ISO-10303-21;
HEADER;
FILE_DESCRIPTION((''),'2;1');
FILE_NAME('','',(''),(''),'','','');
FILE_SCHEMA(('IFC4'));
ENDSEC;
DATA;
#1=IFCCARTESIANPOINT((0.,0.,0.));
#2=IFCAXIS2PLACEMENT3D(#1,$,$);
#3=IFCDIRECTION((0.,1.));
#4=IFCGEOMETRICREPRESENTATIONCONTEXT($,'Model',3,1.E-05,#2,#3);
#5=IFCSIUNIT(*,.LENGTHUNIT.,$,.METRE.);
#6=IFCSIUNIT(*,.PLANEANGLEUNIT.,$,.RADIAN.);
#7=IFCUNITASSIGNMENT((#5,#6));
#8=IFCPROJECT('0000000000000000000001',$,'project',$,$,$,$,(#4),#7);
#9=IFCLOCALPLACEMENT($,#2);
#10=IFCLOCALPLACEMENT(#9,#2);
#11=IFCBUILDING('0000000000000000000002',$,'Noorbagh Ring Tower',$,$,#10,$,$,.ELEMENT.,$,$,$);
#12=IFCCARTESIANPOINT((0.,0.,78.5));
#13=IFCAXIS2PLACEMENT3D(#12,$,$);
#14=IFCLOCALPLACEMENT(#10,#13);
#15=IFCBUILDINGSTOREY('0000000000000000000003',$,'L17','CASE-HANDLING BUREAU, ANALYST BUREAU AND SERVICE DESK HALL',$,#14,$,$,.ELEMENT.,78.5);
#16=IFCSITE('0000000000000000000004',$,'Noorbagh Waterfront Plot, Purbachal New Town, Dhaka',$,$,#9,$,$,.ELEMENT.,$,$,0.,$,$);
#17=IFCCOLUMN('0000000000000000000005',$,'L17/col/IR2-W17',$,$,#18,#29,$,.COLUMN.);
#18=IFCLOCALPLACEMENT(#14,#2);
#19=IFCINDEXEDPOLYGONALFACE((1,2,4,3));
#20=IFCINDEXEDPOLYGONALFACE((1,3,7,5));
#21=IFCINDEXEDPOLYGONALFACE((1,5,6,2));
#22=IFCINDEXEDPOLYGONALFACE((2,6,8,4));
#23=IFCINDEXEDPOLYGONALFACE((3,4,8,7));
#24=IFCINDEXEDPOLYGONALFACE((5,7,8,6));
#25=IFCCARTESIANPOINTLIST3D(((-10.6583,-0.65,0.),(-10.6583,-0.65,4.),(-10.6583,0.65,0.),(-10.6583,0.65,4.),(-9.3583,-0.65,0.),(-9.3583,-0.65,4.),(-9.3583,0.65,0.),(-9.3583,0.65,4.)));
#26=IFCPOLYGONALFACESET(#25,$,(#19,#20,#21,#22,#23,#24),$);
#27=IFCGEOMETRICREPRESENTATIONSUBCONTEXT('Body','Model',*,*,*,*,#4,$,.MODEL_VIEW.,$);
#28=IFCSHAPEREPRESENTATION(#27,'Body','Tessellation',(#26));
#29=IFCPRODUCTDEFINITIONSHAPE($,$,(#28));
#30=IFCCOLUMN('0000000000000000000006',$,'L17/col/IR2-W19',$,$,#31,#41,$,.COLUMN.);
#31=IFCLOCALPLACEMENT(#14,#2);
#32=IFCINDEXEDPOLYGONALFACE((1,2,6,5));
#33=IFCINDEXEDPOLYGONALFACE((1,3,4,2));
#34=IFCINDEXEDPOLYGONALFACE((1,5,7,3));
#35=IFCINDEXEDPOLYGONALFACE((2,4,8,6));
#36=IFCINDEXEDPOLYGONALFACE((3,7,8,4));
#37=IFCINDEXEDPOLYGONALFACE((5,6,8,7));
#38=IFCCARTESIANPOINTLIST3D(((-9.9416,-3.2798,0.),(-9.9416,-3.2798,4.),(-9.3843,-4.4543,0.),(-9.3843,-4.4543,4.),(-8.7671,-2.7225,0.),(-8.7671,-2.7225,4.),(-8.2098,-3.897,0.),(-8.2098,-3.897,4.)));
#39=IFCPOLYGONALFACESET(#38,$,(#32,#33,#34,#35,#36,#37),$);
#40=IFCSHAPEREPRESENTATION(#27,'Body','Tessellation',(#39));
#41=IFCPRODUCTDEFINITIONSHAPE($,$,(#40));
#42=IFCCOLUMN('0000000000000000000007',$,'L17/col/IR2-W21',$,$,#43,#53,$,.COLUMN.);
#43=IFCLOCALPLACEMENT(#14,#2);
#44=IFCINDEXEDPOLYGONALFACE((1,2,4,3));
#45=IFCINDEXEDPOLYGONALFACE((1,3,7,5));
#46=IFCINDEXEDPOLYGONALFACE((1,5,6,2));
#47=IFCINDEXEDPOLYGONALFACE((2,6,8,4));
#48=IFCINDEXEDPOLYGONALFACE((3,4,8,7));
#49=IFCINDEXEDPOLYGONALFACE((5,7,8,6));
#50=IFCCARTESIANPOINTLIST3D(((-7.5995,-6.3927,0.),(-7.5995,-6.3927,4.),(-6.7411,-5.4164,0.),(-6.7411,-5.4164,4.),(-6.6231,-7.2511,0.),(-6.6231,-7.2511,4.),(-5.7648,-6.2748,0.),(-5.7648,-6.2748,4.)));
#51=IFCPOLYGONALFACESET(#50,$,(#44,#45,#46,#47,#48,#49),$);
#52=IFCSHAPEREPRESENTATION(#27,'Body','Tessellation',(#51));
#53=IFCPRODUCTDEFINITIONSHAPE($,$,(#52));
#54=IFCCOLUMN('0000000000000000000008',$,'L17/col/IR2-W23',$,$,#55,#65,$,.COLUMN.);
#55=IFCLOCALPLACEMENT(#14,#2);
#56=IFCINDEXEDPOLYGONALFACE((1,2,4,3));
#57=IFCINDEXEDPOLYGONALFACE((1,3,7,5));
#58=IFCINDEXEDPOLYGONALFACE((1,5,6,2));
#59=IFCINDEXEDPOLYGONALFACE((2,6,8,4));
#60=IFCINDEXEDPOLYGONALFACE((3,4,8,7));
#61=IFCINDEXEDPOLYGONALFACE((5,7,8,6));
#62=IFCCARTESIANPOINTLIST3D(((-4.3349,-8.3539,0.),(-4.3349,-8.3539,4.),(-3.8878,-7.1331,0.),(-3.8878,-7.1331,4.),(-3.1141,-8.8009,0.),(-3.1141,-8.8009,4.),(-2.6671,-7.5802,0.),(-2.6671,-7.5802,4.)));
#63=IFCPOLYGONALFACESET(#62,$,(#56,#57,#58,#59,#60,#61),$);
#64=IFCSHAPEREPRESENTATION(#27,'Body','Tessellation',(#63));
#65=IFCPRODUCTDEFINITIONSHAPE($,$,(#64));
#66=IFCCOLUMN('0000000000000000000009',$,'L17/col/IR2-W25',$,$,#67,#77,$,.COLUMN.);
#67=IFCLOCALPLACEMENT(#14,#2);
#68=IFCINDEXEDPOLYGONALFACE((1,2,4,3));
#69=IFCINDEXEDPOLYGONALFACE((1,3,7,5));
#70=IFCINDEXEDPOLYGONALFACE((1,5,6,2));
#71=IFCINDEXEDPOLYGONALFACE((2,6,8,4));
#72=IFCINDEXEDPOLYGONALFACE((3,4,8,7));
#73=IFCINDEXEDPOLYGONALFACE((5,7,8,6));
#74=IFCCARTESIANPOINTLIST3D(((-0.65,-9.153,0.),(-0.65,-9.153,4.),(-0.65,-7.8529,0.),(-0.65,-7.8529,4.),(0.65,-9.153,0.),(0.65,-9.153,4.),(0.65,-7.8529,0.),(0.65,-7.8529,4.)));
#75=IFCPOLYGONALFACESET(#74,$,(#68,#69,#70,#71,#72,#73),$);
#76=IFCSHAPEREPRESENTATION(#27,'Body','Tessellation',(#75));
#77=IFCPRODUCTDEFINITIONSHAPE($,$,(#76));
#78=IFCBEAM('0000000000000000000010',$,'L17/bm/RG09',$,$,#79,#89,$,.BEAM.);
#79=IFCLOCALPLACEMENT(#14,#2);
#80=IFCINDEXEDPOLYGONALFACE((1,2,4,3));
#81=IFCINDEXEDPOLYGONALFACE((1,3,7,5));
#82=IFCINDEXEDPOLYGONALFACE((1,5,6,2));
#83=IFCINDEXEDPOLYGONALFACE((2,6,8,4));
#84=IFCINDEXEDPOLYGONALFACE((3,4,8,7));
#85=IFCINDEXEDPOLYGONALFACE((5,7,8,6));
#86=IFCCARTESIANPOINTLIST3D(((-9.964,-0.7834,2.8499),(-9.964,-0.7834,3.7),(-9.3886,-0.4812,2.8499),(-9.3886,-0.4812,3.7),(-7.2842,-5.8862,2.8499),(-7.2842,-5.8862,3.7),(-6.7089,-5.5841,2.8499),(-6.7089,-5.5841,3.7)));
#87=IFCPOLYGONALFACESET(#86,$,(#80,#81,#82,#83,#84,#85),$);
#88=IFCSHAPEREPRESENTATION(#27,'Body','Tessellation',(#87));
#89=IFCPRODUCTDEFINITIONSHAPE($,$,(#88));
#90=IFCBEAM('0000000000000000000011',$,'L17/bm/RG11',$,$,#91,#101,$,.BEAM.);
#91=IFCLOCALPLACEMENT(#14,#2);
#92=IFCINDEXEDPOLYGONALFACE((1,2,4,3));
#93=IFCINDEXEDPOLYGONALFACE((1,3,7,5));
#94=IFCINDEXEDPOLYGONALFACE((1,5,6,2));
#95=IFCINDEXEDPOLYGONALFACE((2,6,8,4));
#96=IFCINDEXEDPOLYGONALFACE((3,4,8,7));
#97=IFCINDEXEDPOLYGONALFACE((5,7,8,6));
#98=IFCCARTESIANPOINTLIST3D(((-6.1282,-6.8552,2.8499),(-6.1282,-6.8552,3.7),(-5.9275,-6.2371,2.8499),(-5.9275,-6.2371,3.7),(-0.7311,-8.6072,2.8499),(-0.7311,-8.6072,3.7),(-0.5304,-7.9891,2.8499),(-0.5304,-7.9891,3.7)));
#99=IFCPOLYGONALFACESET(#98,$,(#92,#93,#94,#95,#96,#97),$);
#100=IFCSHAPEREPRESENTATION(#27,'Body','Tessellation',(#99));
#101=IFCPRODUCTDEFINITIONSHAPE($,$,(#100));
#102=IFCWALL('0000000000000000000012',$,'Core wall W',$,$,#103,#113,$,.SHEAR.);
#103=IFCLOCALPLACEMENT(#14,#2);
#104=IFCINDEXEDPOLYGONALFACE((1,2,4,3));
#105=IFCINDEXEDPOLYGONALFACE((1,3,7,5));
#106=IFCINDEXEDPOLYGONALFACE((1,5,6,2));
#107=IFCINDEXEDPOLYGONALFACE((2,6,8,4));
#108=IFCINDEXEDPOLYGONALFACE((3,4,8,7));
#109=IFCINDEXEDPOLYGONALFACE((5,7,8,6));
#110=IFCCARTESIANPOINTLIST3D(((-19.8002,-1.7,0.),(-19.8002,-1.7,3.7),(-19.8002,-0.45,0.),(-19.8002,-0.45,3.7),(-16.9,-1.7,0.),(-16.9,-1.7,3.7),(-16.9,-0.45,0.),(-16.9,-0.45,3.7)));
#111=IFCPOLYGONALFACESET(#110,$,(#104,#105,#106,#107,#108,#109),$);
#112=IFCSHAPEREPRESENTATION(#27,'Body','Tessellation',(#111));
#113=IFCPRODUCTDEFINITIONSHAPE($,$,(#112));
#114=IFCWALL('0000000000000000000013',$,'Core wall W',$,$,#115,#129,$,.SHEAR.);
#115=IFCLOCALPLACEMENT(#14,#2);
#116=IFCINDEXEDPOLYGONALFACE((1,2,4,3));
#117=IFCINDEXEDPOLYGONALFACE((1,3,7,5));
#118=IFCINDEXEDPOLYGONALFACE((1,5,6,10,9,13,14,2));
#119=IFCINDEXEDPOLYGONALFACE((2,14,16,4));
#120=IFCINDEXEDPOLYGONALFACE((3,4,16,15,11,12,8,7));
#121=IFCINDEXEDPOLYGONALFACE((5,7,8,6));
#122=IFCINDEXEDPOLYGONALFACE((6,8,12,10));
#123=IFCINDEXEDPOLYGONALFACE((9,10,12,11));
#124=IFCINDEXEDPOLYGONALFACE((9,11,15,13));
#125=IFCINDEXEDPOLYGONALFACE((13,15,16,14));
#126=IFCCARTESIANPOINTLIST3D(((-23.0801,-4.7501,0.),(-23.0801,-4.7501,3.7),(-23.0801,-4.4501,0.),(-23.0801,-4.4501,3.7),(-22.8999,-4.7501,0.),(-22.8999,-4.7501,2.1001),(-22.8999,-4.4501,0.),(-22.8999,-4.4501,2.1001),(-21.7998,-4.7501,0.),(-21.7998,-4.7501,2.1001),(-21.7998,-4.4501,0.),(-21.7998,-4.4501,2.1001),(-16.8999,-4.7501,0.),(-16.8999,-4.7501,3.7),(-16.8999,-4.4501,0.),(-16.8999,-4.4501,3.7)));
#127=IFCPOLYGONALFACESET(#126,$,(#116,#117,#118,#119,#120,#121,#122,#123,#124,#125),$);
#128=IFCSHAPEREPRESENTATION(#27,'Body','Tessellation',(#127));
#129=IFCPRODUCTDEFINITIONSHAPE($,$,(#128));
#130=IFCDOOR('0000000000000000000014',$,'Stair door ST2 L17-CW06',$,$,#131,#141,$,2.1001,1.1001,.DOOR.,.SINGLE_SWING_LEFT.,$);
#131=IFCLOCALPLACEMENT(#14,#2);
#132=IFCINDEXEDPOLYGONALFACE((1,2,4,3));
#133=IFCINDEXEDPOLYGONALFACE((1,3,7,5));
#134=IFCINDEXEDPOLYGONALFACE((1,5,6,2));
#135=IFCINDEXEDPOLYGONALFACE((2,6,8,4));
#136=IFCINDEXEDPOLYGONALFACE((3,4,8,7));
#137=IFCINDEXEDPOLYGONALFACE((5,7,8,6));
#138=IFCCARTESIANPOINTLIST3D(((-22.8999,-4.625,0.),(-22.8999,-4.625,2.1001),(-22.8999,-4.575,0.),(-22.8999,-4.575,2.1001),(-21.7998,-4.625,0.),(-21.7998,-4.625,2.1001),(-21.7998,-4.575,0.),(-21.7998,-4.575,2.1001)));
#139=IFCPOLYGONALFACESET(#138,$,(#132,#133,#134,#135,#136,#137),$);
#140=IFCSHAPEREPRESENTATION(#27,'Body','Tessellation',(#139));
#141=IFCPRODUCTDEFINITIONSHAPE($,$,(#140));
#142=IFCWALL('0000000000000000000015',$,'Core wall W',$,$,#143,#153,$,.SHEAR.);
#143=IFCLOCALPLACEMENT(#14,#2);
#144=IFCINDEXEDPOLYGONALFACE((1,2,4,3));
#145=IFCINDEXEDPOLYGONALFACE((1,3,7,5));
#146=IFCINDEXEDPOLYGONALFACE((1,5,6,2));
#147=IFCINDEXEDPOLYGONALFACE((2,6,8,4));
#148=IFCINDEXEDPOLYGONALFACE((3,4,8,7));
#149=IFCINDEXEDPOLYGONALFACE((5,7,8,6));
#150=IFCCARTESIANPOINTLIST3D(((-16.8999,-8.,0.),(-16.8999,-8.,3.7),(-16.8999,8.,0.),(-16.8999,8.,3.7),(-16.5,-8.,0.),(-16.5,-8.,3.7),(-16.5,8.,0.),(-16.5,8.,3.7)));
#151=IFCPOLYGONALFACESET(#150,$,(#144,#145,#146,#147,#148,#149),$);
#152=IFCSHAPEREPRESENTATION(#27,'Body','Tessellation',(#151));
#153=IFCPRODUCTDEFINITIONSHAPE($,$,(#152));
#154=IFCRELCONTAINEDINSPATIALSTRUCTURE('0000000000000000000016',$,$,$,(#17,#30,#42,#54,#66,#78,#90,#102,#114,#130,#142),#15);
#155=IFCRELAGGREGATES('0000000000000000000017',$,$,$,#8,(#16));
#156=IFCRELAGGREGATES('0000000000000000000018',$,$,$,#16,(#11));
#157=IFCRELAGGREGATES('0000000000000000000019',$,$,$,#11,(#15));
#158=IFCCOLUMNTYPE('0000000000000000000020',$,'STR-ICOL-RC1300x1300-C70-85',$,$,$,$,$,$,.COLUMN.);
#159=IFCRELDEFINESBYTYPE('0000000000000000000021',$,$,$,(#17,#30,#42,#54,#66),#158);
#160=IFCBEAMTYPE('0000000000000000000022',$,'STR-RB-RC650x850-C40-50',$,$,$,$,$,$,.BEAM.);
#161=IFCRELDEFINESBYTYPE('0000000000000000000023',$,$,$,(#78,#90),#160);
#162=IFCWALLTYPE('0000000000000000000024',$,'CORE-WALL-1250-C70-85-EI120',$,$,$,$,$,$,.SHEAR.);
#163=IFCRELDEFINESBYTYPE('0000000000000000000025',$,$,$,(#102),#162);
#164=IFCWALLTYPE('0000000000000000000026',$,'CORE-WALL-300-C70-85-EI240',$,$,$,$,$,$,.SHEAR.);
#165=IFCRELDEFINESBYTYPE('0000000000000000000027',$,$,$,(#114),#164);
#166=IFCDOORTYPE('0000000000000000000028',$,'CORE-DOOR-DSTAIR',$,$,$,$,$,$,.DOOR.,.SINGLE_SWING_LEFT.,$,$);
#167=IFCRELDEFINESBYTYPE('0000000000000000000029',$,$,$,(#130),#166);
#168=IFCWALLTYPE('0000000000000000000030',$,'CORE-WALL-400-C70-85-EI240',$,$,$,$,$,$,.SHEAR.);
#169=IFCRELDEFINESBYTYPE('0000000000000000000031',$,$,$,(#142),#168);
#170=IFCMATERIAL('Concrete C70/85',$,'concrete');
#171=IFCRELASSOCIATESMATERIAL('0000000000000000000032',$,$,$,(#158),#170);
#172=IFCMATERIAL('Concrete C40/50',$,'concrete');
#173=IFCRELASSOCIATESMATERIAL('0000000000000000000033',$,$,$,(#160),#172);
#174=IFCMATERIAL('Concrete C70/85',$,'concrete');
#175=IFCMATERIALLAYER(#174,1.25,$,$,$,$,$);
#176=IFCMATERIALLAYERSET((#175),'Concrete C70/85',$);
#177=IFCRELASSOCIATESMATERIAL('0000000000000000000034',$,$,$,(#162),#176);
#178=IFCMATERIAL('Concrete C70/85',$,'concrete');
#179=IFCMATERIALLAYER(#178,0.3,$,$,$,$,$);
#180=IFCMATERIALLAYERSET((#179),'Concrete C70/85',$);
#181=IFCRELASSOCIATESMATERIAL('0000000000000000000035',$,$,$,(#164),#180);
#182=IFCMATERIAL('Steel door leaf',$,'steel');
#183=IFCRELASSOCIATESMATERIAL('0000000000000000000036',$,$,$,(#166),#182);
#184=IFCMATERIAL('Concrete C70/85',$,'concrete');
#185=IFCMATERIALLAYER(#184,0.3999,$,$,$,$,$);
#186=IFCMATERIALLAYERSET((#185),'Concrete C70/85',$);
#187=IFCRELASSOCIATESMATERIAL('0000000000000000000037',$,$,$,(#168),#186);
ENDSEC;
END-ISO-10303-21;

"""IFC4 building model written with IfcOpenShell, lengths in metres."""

from ifc_helpers import new_model, si_unit, direction, frame, frame_2d, origin, origin_2d, place, context, subcontext, project, spatial, rectangle, extrude, material, layer, layer_set, material_profile, profile_set, type_object, element, fill, save


model = new_model("IFC4")

# Units and contexts
model_context = context("Model", 3, precision=1e-05, world=origin(), true_north=direction((0.0, 1.0)))
body_context = subcontext(model_context, "Body", "Model", "MODEL_VIEW")
ifc_project = project(units=[si_unit("LENGTHUNIT", "METRE"), si_unit("PLANEANGLEUNIT", "RADIAN")], contexts=[model_context])

# Site, building, storey
site_placement = place(None, origin())
site = spatial("IfcSite", under=ifc_project, at=site_placement, Name="Noorbagh Waterfront Plot, Purbachal New Town, Dhaka", CompositionType="ELEMENT", RefElevation=0.0)
building_placement = place(site_placement, origin())
building = spatial("IfcBuilding", under=site, at=building_placement, Name="Noorbagh Ring Tower", CompositionType="ELEMENT")
storey_placement = place(building_placement, frame((0.0, 0.0, 78.5)))
storey = spatial("IfcBuildingStorey", under=building, at=storey_placement, Name="L17", Description="CASE-HANDLING BUREAU, ANALYST BUREAU AND SERVICE DESK HALL", CompositionType="ELEMENT", Elevation=78.5)

# Columns
ifc_material_1 = material(Name="Concrete C70/85", Category="concrete")
ifc_material_profile_1 = material_profile(ifc_material_1, rectangle(XDim=1.3, YDim=1.3, at=origin_2d()), Name="RC1300x1300")
ifc_profile_set_1 = profile_set([ifc_material_profile_1], Name="Concrete C70/85")
column_type = type_object("IfcColumnType", Name="STR-ICOL-RC1300x1300-C70-85", PredefinedType="COLUMN", material=ifc_profile_set_1)
for number, where, z_axis, x_axis, name in (
    (1, (-10.0083, 0.0, 0.0), (0.0, 0.0, 1.0), (0.0, -1.0, 0.0), "L17/col/IR2-W17"),
    (2, (-9.0757, -3.5884, 0.0), (0.0, 0.0, 1.0), (0.428667, -0.903463, 0.0), "L17/col/IR2-W19"),
    (3, (-6.6821, -6.3337, 0.0), (0.0, 0.0, 1.0), (0.751022, -0.660277, 0.0), "L17/col/IR2-W21"),
    (4, (-3.501, -7.967, 0.0), (0.0, 0.0, 1.0), (0.93902, -0.343864, 0.0), "L17/col/IR2-W23"),
    (5, (0.0, -8.5029, 0.0), (0.0, 0.0, 1.0), (1.0, 0.0, 0.0), "L17/col/IR2-W25"),
):
    element("IfcColumn", number, at=place(storey_placement, frame(where, z_axis=z_axis, x_axis=x_axis)), inside=storey, type_object=column_type, Name=name, PredefinedType="COLUMN", context=body_context, shape_type="SweptSolid", body=[
        extrude(rectangle(XDim=1.3, YDim=1.3, at=origin_2d()), origin(), (0.0, 0.0, 1.0), 4.0),
    ])

# Beams
ifc_material_2 = material(Name="Concrete C40/50", Category="concrete")
ifc_material_profile_2 = material_profile(ifc_material_2, rectangle(XDim=0.6499, YDim=0.8501, at=origin_2d()), Name="RC650x850")
ifc_profile_set_2 = profile_set([ifc_material_profile_2], Name="Concrete C40/50")
beam_type = type_object("IfcBeamType", Name="STR-RB-RC650x850-C40-50", PredefinedType="BEAM", material=ifc_profile_set_2)
beam_1_placement = place(storey_placement, frame((-9.6763, -0.6323, 3.2749), z_axis=(0.464933, -0.885346, 0.0), x_axis=(0.885346, 0.464933, 0.0)))
element("IfcBeam", 6, at=beam_1_placement, inside=storey, type_object=beam_type, Name="L17/bm/RG09", PredefinedType="BEAM", context=body_context, shape_type="SweptSolid", body=[
    extrude(rectangle(XDim=0.6499, YDim=0.8501, at=origin_2d()), origin(), (0.0, 0.0, 1.0), 5.7637),
])
beam_2_placement = place(storey_placement, frame((-6.0278, -6.5461, 3.2749), z_axis=(0.951141, -0.308757, 0.0), x_axis=(0.308757, 0.951141, 0.0)))
element("IfcBeam", 7, at=beam_2_placement, inside=storey, type_object=beam_type, Name="L17/bm/RG11", PredefinedType="BEAM", context=body_context, shape_type="SweptSolid", body=[
    extrude(rectangle(XDim=0.6499, YDim=0.8501, at=origin_2d()), origin(), (0.0, 0.0, 1.0), 5.6743),
])

# Wall
ifc_material_3 = material(Name="Concrete C70/85", Category="concrete")
ifc_layer_1 = layer(ifc_material_3, 1.25)
ifc_layer_set_1 = layer_set([ifc_layer_1], Name="Concrete C70/85")
wall_type_1 = type_object("IfcWallType", Name="CORE-WALL-1250-C70-85-EI120", PredefinedType="SHEAR", material=ifc_layer_set_1)
wall_1_placement = place(storey_placement, frame((-16.8999, -1.075, 0.0), z_axis=(0.0, 0.0, 1.0), x_axis=(-1.0, 0.0, 0.0)))
element("IfcWall", 8, at=wall_1_placement, inside=storey, type_object=wall_type_1, Name="Core wall W", PredefinedType="SHEAR", context=body_context, shape_type="SweptSolid", body=[
    extrude(rectangle(XDim=2.9001, YDim=1.25, at=frame_2d((1.4502, 0.0))), origin(), (0.0, 0.0, 1.0), 3.7),
])

# Wall, opening, door
ifc_material_4 = material(Name="Concrete C70/85", Category="concrete")
ifc_layer_2 = layer(ifc_material_4, 0.3)
ifc_layer_set_2 = layer_set([ifc_layer_2], Name="Concrete C70/85")
wall_type_2 = type_object("IfcWallType", Name="CORE-WALL-300-C70-85-EI240", PredefinedType="SHEAR", material=ifc_layer_set_2)
wall_2_placement = place(storey_placement, frame((-16.8999, -4.6001, 0.0), z_axis=(0.0, 0.0, 1.0), x_axis=(-1.0, 0.0, 0.0)))
wall_2 = element("IfcWall", 9, at=wall_2_placement, inside=storey, type_object=wall_type_2, Name="Core wall W", PredefinedType="SHEAR", context=body_context, shape_type="SweptSolid", body=[
    extrude(rectangle(XDim=6.1802, YDim=0.3, at=frame_2d((3.0901, 0.0))), origin(), (0.0, 0.0, 1.0), 3.7),
])
opening_1_placement = place(wall_2_placement, frame((4.8999, 0.0, 0.0)))
opening_1 = element("IfcOpeningElement", 10, at=opening_1_placement, cuts=wall_2, PredefinedType="OPENING", context=body_context, shape_type="SweptSolid", body=[
    extrude(rectangle(XDim=1.1001, YDim=2.1001, at=frame_2d((0.55, 1.05))), frame((0.0, 0.1602, 0.0), z_axis=(0.0, -1.0, 0.0), x_axis=(1.0, 0.0, 0.0)), (0.0, 0.0, 1.0), 0.3201),
])
ifc_material_5 = material(Name="Steel door leaf", Category="steel")
door_type_1 = type_object("IfcDoorType", Name="CORE-DOOR-DSTAIR", OperationType="SINGLE_SWING_LEFT", PredefinedType="DOOR", material=ifc_material_5)
door_1_placement = place(opening_1_placement, origin())
door_1 = element("IfcDoor", 11, at=door_1_placement, inside=storey, type_object=door_type_1, Name="Stair door ST2 L17-CW06", OperationType="SINGLE_SWING_LEFT", OverallHeight=2.1001, OverallWidth=1.1001, PredefinedType="DOOR", context=body_context, shape_type="SweptSolid", body=[
    extrude(rectangle(XDim=1.1001, YDim=2.1001, at=frame_2d((0.55, 1.05))), frame((0.0, 0.0249, 0.0), z_axis=(0.0, -1.0, 0.0), x_axis=(1.0, 0.0, 0.0)), (0.0, 0.0, 1.0), 0.05),
])
fill(opening_1, door_1)

# Wall
ifc_material_6 = material(Name="Concrete C70/85", Category="concrete")
ifc_layer_3 = layer(ifc_material_6, 0.3999)
ifc_layer_set_3 = layer_set([ifc_layer_3], Name="Concrete C70/85")
wall_type_3 = type_object("IfcWallType", Name="CORE-WALL-400-C70-85-EI240", PredefinedType="SHEAR", material=ifc_layer_set_3)
wall_3_placement = place(storey_placement, frame((-16.7, -8.0, 0.0), z_axis=(0.0, 0.0, 1.0), x_axis=(0.0, 1.0, 0.0)))
element("IfcWall", 12, at=wall_3_placement, inside=storey, type_object=wall_type_3, Name="Core wall W", PredefinedType="SHEAR", context=body_context, shape_type="SweptSolid", body=[
    extrude(rectangle(XDim=16.0, YDim=0.3999, at=frame_2d((8.0, 0.0))), origin(), (0.0, 0.0, 1.0), 3.7),
])

save(model, "model.ifc")
